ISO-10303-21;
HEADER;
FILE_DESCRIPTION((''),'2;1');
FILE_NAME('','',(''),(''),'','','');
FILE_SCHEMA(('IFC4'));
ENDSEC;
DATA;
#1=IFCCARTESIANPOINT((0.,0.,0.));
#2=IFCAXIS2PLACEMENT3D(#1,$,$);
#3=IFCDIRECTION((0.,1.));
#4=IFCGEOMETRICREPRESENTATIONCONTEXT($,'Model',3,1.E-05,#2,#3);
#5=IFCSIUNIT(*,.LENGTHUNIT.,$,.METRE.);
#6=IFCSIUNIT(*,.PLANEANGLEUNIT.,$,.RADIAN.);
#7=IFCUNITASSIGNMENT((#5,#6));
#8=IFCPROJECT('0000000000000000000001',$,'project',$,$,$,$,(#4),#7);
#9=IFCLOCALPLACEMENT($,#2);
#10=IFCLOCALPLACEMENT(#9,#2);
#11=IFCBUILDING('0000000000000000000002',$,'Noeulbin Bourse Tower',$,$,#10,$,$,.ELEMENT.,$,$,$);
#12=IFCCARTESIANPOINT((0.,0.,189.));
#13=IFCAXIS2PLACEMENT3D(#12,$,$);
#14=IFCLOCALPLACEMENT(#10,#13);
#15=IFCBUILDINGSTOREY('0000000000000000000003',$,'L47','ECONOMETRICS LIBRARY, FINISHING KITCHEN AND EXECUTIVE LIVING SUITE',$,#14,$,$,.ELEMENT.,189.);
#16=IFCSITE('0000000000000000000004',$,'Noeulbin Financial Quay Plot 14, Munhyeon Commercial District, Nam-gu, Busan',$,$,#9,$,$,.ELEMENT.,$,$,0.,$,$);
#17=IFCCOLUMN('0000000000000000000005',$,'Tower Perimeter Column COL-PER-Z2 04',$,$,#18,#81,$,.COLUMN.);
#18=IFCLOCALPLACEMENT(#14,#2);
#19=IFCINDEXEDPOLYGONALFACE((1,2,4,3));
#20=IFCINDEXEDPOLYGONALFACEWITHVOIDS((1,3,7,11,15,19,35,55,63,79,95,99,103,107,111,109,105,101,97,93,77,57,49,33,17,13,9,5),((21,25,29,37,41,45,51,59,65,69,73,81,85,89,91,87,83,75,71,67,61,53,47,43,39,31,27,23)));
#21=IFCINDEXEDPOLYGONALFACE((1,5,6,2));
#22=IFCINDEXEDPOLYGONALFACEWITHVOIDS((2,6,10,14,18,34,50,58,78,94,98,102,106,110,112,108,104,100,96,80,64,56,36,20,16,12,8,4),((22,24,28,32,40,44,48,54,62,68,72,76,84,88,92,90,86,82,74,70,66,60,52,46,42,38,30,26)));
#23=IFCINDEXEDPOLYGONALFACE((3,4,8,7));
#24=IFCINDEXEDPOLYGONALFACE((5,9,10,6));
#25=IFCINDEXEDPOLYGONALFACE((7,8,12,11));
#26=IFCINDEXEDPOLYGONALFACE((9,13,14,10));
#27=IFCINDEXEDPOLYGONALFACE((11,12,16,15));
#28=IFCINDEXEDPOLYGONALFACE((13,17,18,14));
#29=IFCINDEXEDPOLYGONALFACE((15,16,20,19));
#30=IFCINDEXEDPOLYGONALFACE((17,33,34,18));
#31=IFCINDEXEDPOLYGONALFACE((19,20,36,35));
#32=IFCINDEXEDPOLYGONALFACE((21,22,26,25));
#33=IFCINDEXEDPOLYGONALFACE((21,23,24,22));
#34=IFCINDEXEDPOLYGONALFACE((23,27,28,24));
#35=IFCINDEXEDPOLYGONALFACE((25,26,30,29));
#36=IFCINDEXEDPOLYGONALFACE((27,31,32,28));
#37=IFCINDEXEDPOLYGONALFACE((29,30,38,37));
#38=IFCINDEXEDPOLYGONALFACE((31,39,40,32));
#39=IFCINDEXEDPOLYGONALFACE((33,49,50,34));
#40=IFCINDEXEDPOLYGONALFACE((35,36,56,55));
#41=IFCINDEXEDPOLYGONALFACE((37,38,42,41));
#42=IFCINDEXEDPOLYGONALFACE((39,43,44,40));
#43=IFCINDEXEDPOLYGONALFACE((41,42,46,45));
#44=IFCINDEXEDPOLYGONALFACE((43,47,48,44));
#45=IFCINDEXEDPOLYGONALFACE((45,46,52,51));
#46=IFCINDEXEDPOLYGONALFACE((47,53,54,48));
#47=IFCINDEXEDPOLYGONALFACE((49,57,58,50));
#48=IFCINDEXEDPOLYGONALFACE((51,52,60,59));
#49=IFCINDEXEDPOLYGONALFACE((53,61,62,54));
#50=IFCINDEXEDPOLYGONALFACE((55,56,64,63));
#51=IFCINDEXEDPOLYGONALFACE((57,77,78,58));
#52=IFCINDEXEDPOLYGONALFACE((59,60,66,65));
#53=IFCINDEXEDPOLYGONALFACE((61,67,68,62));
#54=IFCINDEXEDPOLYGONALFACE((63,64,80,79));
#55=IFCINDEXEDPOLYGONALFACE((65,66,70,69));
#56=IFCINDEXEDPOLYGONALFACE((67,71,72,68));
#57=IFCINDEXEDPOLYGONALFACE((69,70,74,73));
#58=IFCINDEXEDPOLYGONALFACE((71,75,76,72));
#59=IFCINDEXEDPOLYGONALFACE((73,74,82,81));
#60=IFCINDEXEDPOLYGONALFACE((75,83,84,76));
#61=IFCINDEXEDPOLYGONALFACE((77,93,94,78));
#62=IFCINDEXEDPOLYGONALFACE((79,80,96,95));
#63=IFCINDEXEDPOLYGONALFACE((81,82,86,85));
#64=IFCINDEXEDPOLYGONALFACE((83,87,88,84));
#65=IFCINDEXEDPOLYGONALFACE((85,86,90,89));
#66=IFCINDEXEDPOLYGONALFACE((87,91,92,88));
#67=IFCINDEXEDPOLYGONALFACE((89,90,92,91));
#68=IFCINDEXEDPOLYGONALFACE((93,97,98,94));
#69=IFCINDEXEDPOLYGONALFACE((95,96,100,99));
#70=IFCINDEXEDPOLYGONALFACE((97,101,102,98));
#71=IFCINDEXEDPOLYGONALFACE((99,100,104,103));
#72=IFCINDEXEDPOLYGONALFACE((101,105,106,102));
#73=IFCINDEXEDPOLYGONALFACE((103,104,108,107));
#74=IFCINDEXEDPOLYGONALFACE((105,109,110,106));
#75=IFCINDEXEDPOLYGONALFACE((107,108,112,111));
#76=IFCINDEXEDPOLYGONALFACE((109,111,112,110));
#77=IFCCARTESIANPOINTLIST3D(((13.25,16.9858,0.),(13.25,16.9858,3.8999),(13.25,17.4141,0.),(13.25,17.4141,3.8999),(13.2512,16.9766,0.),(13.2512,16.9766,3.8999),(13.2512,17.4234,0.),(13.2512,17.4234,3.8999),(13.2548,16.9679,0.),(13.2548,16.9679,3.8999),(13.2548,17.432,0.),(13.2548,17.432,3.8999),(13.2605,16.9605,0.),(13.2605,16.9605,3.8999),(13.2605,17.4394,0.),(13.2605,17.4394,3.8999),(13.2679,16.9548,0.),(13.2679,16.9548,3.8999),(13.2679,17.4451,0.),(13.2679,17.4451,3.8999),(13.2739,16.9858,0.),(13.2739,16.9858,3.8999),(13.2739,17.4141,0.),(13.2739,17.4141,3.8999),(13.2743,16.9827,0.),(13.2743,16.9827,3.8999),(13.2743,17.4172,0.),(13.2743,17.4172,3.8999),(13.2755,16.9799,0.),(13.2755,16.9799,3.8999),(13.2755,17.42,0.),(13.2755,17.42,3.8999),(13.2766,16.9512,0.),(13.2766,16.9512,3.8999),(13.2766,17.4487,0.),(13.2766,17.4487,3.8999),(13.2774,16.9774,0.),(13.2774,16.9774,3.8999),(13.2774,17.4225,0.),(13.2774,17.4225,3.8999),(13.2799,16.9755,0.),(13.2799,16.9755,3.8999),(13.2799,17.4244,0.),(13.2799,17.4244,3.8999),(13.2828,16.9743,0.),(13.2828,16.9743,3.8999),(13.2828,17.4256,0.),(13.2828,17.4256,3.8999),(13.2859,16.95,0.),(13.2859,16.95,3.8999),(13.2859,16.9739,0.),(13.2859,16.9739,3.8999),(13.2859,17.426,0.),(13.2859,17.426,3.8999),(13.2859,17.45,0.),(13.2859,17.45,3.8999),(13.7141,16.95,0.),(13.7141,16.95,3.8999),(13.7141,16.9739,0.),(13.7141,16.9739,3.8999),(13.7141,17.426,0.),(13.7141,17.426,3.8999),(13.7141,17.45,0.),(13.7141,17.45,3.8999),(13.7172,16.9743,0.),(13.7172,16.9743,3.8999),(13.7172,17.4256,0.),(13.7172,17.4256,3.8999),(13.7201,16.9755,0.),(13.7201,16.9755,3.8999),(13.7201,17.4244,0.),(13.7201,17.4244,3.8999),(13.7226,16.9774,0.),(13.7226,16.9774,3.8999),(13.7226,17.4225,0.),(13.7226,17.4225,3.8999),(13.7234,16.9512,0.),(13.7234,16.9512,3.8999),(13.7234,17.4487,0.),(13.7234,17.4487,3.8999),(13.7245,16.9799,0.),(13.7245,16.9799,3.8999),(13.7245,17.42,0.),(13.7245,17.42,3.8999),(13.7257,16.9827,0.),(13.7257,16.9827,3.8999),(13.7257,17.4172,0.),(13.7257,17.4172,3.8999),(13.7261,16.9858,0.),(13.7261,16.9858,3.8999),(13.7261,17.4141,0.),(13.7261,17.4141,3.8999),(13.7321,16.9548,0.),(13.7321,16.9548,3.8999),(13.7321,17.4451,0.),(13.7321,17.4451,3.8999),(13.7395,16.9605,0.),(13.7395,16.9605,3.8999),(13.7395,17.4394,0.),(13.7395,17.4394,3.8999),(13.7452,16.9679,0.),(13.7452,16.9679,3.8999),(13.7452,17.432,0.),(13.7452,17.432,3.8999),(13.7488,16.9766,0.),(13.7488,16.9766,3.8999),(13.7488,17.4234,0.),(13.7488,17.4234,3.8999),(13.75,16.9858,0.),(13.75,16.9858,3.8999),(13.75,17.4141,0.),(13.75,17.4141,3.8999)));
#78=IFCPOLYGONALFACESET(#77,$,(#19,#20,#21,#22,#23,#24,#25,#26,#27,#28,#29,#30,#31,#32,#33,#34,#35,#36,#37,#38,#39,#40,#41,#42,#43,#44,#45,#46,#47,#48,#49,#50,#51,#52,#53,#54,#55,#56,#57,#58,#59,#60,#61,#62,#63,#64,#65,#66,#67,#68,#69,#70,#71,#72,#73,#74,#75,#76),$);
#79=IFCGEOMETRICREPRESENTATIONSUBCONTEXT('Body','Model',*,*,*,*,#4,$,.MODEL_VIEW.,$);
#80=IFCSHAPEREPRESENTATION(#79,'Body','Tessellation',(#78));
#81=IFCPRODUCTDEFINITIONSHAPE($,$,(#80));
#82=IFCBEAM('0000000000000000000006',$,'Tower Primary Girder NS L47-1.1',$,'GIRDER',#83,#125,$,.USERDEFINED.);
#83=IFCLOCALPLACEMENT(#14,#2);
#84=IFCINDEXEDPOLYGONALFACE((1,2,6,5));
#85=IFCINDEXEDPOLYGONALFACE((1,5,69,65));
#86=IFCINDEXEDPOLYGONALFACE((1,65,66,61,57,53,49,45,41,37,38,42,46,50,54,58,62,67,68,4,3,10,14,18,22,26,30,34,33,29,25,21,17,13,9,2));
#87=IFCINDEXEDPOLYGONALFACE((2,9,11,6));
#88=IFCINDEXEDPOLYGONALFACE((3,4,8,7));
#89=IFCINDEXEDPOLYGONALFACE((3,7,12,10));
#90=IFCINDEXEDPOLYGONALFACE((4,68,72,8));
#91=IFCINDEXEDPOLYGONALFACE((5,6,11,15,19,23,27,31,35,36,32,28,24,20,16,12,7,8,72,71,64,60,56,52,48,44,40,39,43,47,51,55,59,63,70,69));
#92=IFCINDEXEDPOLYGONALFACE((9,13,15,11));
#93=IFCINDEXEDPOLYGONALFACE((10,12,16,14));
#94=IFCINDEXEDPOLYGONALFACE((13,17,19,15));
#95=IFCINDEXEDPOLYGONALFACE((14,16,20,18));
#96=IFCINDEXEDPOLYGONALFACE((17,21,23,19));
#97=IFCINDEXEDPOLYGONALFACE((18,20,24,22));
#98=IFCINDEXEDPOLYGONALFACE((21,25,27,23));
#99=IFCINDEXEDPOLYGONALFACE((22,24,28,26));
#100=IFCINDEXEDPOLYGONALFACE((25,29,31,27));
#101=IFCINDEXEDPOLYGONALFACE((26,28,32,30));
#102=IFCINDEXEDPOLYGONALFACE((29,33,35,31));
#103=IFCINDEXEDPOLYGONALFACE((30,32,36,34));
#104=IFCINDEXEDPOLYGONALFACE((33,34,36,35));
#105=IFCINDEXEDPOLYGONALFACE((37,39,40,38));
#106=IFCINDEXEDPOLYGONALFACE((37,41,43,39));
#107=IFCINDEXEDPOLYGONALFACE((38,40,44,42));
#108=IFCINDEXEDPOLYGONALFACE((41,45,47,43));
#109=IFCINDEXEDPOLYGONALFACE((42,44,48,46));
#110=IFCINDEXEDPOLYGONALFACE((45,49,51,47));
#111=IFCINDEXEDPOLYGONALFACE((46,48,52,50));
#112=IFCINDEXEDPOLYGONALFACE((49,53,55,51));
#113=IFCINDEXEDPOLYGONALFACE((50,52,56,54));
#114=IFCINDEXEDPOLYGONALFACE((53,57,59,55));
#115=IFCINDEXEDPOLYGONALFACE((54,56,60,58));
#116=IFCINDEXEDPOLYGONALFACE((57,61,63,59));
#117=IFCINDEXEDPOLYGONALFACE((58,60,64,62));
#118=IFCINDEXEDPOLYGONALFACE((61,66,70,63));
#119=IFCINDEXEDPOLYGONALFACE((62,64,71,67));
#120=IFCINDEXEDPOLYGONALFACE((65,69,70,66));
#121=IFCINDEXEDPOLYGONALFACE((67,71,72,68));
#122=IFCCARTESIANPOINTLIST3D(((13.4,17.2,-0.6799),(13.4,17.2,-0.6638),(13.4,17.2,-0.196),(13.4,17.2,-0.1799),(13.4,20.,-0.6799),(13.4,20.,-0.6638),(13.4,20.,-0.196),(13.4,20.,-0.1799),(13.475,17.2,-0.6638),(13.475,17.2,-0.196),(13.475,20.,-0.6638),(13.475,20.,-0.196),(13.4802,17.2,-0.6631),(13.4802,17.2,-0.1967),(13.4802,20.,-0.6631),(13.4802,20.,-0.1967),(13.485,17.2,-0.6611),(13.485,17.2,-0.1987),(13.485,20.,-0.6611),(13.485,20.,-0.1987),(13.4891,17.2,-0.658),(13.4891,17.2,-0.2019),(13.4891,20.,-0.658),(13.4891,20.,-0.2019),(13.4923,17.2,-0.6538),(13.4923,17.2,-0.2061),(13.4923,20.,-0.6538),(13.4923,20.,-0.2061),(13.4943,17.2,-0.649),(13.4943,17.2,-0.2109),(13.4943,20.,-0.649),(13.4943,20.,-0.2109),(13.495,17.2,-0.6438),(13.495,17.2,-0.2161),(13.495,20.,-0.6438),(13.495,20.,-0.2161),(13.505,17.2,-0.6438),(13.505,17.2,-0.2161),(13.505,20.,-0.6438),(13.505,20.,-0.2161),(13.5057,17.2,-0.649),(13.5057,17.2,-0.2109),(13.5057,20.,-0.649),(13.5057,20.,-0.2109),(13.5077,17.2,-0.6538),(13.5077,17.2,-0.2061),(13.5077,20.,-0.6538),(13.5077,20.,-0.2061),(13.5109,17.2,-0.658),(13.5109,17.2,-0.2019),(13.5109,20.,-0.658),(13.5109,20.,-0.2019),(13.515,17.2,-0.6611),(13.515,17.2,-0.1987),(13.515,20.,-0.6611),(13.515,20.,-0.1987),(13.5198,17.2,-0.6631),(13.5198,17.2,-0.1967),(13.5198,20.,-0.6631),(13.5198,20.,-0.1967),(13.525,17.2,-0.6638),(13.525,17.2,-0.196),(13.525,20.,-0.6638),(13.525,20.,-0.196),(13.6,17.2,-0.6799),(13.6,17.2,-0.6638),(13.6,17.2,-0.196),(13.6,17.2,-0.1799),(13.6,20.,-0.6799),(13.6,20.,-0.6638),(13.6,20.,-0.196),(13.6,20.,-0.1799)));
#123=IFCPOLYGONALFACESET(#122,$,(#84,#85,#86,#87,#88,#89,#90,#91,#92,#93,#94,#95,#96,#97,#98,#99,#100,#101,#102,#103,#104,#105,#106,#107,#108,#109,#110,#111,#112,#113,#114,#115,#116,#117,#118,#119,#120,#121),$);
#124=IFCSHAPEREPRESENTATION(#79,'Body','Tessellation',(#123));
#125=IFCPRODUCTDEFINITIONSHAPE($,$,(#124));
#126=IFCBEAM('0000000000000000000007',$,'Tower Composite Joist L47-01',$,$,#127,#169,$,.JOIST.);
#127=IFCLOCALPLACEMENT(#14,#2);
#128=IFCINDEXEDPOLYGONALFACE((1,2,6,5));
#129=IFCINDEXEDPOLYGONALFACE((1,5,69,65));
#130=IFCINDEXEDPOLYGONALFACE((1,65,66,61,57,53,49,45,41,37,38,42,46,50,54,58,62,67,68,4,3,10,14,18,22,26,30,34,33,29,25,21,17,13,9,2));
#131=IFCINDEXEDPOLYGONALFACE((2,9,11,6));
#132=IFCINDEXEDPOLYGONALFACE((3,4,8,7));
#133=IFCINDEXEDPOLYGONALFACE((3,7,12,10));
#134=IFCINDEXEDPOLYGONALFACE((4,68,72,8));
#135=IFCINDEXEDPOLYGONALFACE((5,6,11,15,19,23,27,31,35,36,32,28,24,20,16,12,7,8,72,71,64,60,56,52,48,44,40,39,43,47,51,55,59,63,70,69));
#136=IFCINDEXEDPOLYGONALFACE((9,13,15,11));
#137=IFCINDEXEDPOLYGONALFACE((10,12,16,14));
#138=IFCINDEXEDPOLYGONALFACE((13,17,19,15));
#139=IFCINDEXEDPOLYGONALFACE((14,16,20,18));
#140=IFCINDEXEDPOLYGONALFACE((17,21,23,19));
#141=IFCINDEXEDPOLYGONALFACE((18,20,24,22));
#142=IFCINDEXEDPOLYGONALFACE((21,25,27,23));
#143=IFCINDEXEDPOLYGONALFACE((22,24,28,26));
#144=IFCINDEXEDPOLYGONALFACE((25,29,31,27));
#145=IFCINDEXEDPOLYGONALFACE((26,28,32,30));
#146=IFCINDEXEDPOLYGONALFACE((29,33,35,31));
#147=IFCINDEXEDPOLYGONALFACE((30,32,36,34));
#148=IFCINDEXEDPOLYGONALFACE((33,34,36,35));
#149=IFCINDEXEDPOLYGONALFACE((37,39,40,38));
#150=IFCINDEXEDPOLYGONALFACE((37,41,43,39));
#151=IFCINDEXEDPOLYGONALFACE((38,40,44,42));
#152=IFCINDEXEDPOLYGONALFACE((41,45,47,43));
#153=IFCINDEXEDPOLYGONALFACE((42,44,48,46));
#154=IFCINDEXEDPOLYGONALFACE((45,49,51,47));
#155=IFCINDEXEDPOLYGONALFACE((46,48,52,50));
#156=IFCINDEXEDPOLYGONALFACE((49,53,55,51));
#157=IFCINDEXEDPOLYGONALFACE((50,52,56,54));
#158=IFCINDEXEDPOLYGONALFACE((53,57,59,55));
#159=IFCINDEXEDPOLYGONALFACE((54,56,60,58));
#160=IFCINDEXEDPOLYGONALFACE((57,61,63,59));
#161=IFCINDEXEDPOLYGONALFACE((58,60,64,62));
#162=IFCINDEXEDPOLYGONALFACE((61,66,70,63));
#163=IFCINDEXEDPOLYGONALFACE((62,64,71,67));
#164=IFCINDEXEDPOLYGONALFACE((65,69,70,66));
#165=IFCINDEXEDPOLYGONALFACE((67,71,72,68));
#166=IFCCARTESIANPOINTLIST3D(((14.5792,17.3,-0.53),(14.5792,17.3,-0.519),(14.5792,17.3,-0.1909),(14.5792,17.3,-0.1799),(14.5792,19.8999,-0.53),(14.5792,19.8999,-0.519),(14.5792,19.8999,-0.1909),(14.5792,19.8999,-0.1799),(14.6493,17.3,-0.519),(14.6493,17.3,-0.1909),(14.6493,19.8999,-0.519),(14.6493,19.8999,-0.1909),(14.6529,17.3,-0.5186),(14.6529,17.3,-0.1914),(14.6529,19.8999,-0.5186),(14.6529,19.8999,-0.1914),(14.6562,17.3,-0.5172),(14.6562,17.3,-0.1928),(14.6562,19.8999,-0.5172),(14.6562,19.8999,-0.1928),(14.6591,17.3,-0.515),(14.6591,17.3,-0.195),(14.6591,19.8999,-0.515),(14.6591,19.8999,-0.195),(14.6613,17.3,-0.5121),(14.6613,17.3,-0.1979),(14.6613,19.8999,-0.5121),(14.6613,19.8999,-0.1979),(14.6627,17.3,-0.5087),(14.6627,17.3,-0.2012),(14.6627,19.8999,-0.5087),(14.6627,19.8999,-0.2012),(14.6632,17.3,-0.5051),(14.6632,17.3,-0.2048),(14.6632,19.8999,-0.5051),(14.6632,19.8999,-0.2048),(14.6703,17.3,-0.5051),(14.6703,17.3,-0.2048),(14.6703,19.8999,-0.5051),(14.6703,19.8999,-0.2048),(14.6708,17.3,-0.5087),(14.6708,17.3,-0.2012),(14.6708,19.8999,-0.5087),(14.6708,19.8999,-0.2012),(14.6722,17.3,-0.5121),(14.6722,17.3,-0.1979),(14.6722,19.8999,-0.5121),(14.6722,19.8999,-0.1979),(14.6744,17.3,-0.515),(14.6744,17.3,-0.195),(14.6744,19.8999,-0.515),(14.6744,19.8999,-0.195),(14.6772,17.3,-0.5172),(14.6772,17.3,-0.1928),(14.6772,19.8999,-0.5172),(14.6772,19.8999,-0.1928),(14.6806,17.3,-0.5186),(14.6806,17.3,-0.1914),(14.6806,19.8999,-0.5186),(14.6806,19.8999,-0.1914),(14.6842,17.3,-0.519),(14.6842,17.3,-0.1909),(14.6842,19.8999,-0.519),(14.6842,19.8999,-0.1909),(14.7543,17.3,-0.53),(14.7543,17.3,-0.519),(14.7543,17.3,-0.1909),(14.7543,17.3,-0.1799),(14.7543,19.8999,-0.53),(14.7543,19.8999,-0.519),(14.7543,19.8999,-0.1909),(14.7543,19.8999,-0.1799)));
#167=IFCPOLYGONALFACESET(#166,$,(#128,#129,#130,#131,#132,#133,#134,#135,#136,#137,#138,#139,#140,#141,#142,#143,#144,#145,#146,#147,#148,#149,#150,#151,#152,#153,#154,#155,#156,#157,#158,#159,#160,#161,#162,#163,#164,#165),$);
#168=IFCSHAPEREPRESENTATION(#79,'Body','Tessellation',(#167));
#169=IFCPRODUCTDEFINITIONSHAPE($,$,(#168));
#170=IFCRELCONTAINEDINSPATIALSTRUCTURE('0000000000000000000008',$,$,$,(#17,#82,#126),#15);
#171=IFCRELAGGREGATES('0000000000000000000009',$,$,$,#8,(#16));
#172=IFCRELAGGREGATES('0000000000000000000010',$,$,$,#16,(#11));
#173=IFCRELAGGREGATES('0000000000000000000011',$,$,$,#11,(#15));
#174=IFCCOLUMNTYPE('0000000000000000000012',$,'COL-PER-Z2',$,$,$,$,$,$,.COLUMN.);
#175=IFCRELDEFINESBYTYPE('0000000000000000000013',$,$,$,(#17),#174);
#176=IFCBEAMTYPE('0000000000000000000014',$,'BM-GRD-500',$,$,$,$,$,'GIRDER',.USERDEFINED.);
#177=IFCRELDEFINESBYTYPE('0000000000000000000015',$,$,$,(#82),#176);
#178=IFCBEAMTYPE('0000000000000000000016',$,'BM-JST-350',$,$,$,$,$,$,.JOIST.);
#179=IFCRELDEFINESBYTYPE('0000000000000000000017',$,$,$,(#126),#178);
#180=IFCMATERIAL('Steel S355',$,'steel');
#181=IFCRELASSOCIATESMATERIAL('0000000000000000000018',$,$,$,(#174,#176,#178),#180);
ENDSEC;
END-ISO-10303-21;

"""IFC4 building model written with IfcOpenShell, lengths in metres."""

from ifc_helpers import new_model, si_unit, direction, frame, origin, origin_2d, place, context, subcontext, project, spatial, hollow_rectangle, i_section, extrude, material, material_profile, profile_set, type_object, element, save


model = new_model("IFC4")

# Units and contexts
model_context = context("Model", 3, precision=1e-05, world=origin(), true_north=direction((0.0, 1.0)))
body_context = subcontext(model_context, "Body", "Model", "MODEL_VIEW")
ifc_project = project(units=[si_unit("LENGTHUNIT", "METRE"), si_unit("PLANEANGLEUNIT", "RADIAN")], contexts=[model_context])

# Site, building, storey
site_placement = place(None, origin())
site = spatial("IfcSite", under=ifc_project, at=site_placement, Name="Noeulbin Financial Quay Plot 14, Munhyeon Commercial District, Nam-gu, Busan", CompositionType="ELEMENT", RefElevation=0.0)
building_placement = place(site_placement, origin())
building = spatial("IfcBuilding", under=site, at=building_placement, Name="Noeulbin Bourse Tower", CompositionType="ELEMENT")
storey_placement = place(building_placement, frame((0.0, 0.0, 189.0)))
storey = spatial("IfcBuildingStorey", under=building, at=storey_placement, Name="L47", Description="ECONOMETRICS LIBRARY, FINISHING KITCHEN AND EXECUTIVE LIVING SUITE", CompositionType="ELEMENT", Elevation=189.0)

# Column
ifc_material_1 = material(Name="Steel S355", Category="steel")
ifc_material_profile_1 = material_profile(ifc_material_1, hollow_rectangle(XDim=0.5, YDim=0.5, WallThickness=0.0239, InnerFilletRadius=0.012, OuterFilletRadius=0.0359, at=origin_2d()), Name="BOX-500x500x24", Category="LoadBearing")
ifc_profile_set_1 = profile_set([ifc_material_profile_1], Name="Steel S355")
column_type = type_object("IfcColumnType", Name="COL-PER-Z2", PredefinedType="COLUMN", material=ifc_profile_set_1)
column_placement = place(storey_placement, frame((13.5, 17.2, 0.0), z_axis=(0.0, 0.0, 1.0), x_axis=(1.0, 0.0, 0.0)))
element("IfcColumn", 1, at=column_placement, inside=storey, type_object=column_type, Name="Tower Perimeter Column COL-PER-Z2 04", PredefinedType="COLUMN", context=body_context, shape_type="SweptSolid", body=[
    extrude(hollow_rectangle(XDim=0.5, YDim=0.5, WallThickness=0.0239, InnerFilletRadius=0.012, OuterFilletRadius=0.0359, at=origin_2d()), origin(), (0.0, 0.0, 1.0), 3.8999),
])

# Beams
ifc_material_profile_2 = material_profile(ifc_material_1, i_section(OverallWidth=0.2, OverallDepth=0.5, WebThickness=0.01, FlangeThickness=0.0161, FilletRadius=0.02, at=origin_2d()), Name="H-500x200x10x16", Category="LoadBearing")
ifc_profile_set_2 = profile_set([ifc_material_profile_2], Name="Steel S355")
beam_type_1 = type_object("IfcBeamType", Name="BM-GRD-500", ElementType="GIRDER", PredefinedType="USERDEFINED", material=ifc_profile_set_2)
beam_1_placement = place(storey_placement, frame((13.5, 17.2, -0.4299), z_axis=(0.0, 1.0, 0.0), x_axis=(-1.0, 0.0, 0.0)))
element("IfcBeam", 2, at=beam_1_placement, inside=storey, type_object=beam_type_1, Name="Tower Primary Girder NS L47-1.1", ObjectType="GIRDER", PredefinedType="USERDEFINED", context=body_context, shape_type="SweptSolid", body=[
    extrude(i_section(OverallWidth=0.2, OverallDepth=0.5, WebThickness=0.01, FlangeThickness=0.0161, FilletRadius=0.02, at=origin_2d()), origin(), (0.0, 0.0, 1.0), 2.8),
])
ifc_material_profile_3 = material_profile(ifc_material_1, i_section(OverallWidth=0.175, OverallDepth=0.3501, WebThickness=0.0071, FlangeThickness=0.011, FilletRadius=0.0139, at=origin_2d()), Name="H-350x175x7x11", Category="LoadBearing")
ifc_profile_set_3 = profile_set([ifc_material_profile_3], Name="Steel S355")
beam_type_2 = type_object("IfcBeamType", Name="BM-JST-350", PredefinedType="JOIST", material=ifc_profile_set_3)
for number, where, z_axis, x_axis, name in (
    (3, (14.6667, 17.3, -0.355), (0.0, 1.0, 0.0), (-1.0, 0.0, 0.0), "Tower Composite Joist L47-01"),
):
    element("IfcBeam", number, at=place(storey_placement, frame(where, z_axis=z_axis, x_axis=x_axis)), inside=storey, type_object=beam_type_2, Name=name, PredefinedType="JOIST", context=body_context, shape_type="SweptSolid", body=[
        extrude(i_section(OverallWidth=0.175, OverallDepth=0.3501, WebThickness=0.0071, FlangeThickness=0.011, FilletRadius=0.0139, at=origin_2d()), origin(), (0.0, 0.0, 1.0), 2.5999),
    ])

save(model, "model.ifc")
